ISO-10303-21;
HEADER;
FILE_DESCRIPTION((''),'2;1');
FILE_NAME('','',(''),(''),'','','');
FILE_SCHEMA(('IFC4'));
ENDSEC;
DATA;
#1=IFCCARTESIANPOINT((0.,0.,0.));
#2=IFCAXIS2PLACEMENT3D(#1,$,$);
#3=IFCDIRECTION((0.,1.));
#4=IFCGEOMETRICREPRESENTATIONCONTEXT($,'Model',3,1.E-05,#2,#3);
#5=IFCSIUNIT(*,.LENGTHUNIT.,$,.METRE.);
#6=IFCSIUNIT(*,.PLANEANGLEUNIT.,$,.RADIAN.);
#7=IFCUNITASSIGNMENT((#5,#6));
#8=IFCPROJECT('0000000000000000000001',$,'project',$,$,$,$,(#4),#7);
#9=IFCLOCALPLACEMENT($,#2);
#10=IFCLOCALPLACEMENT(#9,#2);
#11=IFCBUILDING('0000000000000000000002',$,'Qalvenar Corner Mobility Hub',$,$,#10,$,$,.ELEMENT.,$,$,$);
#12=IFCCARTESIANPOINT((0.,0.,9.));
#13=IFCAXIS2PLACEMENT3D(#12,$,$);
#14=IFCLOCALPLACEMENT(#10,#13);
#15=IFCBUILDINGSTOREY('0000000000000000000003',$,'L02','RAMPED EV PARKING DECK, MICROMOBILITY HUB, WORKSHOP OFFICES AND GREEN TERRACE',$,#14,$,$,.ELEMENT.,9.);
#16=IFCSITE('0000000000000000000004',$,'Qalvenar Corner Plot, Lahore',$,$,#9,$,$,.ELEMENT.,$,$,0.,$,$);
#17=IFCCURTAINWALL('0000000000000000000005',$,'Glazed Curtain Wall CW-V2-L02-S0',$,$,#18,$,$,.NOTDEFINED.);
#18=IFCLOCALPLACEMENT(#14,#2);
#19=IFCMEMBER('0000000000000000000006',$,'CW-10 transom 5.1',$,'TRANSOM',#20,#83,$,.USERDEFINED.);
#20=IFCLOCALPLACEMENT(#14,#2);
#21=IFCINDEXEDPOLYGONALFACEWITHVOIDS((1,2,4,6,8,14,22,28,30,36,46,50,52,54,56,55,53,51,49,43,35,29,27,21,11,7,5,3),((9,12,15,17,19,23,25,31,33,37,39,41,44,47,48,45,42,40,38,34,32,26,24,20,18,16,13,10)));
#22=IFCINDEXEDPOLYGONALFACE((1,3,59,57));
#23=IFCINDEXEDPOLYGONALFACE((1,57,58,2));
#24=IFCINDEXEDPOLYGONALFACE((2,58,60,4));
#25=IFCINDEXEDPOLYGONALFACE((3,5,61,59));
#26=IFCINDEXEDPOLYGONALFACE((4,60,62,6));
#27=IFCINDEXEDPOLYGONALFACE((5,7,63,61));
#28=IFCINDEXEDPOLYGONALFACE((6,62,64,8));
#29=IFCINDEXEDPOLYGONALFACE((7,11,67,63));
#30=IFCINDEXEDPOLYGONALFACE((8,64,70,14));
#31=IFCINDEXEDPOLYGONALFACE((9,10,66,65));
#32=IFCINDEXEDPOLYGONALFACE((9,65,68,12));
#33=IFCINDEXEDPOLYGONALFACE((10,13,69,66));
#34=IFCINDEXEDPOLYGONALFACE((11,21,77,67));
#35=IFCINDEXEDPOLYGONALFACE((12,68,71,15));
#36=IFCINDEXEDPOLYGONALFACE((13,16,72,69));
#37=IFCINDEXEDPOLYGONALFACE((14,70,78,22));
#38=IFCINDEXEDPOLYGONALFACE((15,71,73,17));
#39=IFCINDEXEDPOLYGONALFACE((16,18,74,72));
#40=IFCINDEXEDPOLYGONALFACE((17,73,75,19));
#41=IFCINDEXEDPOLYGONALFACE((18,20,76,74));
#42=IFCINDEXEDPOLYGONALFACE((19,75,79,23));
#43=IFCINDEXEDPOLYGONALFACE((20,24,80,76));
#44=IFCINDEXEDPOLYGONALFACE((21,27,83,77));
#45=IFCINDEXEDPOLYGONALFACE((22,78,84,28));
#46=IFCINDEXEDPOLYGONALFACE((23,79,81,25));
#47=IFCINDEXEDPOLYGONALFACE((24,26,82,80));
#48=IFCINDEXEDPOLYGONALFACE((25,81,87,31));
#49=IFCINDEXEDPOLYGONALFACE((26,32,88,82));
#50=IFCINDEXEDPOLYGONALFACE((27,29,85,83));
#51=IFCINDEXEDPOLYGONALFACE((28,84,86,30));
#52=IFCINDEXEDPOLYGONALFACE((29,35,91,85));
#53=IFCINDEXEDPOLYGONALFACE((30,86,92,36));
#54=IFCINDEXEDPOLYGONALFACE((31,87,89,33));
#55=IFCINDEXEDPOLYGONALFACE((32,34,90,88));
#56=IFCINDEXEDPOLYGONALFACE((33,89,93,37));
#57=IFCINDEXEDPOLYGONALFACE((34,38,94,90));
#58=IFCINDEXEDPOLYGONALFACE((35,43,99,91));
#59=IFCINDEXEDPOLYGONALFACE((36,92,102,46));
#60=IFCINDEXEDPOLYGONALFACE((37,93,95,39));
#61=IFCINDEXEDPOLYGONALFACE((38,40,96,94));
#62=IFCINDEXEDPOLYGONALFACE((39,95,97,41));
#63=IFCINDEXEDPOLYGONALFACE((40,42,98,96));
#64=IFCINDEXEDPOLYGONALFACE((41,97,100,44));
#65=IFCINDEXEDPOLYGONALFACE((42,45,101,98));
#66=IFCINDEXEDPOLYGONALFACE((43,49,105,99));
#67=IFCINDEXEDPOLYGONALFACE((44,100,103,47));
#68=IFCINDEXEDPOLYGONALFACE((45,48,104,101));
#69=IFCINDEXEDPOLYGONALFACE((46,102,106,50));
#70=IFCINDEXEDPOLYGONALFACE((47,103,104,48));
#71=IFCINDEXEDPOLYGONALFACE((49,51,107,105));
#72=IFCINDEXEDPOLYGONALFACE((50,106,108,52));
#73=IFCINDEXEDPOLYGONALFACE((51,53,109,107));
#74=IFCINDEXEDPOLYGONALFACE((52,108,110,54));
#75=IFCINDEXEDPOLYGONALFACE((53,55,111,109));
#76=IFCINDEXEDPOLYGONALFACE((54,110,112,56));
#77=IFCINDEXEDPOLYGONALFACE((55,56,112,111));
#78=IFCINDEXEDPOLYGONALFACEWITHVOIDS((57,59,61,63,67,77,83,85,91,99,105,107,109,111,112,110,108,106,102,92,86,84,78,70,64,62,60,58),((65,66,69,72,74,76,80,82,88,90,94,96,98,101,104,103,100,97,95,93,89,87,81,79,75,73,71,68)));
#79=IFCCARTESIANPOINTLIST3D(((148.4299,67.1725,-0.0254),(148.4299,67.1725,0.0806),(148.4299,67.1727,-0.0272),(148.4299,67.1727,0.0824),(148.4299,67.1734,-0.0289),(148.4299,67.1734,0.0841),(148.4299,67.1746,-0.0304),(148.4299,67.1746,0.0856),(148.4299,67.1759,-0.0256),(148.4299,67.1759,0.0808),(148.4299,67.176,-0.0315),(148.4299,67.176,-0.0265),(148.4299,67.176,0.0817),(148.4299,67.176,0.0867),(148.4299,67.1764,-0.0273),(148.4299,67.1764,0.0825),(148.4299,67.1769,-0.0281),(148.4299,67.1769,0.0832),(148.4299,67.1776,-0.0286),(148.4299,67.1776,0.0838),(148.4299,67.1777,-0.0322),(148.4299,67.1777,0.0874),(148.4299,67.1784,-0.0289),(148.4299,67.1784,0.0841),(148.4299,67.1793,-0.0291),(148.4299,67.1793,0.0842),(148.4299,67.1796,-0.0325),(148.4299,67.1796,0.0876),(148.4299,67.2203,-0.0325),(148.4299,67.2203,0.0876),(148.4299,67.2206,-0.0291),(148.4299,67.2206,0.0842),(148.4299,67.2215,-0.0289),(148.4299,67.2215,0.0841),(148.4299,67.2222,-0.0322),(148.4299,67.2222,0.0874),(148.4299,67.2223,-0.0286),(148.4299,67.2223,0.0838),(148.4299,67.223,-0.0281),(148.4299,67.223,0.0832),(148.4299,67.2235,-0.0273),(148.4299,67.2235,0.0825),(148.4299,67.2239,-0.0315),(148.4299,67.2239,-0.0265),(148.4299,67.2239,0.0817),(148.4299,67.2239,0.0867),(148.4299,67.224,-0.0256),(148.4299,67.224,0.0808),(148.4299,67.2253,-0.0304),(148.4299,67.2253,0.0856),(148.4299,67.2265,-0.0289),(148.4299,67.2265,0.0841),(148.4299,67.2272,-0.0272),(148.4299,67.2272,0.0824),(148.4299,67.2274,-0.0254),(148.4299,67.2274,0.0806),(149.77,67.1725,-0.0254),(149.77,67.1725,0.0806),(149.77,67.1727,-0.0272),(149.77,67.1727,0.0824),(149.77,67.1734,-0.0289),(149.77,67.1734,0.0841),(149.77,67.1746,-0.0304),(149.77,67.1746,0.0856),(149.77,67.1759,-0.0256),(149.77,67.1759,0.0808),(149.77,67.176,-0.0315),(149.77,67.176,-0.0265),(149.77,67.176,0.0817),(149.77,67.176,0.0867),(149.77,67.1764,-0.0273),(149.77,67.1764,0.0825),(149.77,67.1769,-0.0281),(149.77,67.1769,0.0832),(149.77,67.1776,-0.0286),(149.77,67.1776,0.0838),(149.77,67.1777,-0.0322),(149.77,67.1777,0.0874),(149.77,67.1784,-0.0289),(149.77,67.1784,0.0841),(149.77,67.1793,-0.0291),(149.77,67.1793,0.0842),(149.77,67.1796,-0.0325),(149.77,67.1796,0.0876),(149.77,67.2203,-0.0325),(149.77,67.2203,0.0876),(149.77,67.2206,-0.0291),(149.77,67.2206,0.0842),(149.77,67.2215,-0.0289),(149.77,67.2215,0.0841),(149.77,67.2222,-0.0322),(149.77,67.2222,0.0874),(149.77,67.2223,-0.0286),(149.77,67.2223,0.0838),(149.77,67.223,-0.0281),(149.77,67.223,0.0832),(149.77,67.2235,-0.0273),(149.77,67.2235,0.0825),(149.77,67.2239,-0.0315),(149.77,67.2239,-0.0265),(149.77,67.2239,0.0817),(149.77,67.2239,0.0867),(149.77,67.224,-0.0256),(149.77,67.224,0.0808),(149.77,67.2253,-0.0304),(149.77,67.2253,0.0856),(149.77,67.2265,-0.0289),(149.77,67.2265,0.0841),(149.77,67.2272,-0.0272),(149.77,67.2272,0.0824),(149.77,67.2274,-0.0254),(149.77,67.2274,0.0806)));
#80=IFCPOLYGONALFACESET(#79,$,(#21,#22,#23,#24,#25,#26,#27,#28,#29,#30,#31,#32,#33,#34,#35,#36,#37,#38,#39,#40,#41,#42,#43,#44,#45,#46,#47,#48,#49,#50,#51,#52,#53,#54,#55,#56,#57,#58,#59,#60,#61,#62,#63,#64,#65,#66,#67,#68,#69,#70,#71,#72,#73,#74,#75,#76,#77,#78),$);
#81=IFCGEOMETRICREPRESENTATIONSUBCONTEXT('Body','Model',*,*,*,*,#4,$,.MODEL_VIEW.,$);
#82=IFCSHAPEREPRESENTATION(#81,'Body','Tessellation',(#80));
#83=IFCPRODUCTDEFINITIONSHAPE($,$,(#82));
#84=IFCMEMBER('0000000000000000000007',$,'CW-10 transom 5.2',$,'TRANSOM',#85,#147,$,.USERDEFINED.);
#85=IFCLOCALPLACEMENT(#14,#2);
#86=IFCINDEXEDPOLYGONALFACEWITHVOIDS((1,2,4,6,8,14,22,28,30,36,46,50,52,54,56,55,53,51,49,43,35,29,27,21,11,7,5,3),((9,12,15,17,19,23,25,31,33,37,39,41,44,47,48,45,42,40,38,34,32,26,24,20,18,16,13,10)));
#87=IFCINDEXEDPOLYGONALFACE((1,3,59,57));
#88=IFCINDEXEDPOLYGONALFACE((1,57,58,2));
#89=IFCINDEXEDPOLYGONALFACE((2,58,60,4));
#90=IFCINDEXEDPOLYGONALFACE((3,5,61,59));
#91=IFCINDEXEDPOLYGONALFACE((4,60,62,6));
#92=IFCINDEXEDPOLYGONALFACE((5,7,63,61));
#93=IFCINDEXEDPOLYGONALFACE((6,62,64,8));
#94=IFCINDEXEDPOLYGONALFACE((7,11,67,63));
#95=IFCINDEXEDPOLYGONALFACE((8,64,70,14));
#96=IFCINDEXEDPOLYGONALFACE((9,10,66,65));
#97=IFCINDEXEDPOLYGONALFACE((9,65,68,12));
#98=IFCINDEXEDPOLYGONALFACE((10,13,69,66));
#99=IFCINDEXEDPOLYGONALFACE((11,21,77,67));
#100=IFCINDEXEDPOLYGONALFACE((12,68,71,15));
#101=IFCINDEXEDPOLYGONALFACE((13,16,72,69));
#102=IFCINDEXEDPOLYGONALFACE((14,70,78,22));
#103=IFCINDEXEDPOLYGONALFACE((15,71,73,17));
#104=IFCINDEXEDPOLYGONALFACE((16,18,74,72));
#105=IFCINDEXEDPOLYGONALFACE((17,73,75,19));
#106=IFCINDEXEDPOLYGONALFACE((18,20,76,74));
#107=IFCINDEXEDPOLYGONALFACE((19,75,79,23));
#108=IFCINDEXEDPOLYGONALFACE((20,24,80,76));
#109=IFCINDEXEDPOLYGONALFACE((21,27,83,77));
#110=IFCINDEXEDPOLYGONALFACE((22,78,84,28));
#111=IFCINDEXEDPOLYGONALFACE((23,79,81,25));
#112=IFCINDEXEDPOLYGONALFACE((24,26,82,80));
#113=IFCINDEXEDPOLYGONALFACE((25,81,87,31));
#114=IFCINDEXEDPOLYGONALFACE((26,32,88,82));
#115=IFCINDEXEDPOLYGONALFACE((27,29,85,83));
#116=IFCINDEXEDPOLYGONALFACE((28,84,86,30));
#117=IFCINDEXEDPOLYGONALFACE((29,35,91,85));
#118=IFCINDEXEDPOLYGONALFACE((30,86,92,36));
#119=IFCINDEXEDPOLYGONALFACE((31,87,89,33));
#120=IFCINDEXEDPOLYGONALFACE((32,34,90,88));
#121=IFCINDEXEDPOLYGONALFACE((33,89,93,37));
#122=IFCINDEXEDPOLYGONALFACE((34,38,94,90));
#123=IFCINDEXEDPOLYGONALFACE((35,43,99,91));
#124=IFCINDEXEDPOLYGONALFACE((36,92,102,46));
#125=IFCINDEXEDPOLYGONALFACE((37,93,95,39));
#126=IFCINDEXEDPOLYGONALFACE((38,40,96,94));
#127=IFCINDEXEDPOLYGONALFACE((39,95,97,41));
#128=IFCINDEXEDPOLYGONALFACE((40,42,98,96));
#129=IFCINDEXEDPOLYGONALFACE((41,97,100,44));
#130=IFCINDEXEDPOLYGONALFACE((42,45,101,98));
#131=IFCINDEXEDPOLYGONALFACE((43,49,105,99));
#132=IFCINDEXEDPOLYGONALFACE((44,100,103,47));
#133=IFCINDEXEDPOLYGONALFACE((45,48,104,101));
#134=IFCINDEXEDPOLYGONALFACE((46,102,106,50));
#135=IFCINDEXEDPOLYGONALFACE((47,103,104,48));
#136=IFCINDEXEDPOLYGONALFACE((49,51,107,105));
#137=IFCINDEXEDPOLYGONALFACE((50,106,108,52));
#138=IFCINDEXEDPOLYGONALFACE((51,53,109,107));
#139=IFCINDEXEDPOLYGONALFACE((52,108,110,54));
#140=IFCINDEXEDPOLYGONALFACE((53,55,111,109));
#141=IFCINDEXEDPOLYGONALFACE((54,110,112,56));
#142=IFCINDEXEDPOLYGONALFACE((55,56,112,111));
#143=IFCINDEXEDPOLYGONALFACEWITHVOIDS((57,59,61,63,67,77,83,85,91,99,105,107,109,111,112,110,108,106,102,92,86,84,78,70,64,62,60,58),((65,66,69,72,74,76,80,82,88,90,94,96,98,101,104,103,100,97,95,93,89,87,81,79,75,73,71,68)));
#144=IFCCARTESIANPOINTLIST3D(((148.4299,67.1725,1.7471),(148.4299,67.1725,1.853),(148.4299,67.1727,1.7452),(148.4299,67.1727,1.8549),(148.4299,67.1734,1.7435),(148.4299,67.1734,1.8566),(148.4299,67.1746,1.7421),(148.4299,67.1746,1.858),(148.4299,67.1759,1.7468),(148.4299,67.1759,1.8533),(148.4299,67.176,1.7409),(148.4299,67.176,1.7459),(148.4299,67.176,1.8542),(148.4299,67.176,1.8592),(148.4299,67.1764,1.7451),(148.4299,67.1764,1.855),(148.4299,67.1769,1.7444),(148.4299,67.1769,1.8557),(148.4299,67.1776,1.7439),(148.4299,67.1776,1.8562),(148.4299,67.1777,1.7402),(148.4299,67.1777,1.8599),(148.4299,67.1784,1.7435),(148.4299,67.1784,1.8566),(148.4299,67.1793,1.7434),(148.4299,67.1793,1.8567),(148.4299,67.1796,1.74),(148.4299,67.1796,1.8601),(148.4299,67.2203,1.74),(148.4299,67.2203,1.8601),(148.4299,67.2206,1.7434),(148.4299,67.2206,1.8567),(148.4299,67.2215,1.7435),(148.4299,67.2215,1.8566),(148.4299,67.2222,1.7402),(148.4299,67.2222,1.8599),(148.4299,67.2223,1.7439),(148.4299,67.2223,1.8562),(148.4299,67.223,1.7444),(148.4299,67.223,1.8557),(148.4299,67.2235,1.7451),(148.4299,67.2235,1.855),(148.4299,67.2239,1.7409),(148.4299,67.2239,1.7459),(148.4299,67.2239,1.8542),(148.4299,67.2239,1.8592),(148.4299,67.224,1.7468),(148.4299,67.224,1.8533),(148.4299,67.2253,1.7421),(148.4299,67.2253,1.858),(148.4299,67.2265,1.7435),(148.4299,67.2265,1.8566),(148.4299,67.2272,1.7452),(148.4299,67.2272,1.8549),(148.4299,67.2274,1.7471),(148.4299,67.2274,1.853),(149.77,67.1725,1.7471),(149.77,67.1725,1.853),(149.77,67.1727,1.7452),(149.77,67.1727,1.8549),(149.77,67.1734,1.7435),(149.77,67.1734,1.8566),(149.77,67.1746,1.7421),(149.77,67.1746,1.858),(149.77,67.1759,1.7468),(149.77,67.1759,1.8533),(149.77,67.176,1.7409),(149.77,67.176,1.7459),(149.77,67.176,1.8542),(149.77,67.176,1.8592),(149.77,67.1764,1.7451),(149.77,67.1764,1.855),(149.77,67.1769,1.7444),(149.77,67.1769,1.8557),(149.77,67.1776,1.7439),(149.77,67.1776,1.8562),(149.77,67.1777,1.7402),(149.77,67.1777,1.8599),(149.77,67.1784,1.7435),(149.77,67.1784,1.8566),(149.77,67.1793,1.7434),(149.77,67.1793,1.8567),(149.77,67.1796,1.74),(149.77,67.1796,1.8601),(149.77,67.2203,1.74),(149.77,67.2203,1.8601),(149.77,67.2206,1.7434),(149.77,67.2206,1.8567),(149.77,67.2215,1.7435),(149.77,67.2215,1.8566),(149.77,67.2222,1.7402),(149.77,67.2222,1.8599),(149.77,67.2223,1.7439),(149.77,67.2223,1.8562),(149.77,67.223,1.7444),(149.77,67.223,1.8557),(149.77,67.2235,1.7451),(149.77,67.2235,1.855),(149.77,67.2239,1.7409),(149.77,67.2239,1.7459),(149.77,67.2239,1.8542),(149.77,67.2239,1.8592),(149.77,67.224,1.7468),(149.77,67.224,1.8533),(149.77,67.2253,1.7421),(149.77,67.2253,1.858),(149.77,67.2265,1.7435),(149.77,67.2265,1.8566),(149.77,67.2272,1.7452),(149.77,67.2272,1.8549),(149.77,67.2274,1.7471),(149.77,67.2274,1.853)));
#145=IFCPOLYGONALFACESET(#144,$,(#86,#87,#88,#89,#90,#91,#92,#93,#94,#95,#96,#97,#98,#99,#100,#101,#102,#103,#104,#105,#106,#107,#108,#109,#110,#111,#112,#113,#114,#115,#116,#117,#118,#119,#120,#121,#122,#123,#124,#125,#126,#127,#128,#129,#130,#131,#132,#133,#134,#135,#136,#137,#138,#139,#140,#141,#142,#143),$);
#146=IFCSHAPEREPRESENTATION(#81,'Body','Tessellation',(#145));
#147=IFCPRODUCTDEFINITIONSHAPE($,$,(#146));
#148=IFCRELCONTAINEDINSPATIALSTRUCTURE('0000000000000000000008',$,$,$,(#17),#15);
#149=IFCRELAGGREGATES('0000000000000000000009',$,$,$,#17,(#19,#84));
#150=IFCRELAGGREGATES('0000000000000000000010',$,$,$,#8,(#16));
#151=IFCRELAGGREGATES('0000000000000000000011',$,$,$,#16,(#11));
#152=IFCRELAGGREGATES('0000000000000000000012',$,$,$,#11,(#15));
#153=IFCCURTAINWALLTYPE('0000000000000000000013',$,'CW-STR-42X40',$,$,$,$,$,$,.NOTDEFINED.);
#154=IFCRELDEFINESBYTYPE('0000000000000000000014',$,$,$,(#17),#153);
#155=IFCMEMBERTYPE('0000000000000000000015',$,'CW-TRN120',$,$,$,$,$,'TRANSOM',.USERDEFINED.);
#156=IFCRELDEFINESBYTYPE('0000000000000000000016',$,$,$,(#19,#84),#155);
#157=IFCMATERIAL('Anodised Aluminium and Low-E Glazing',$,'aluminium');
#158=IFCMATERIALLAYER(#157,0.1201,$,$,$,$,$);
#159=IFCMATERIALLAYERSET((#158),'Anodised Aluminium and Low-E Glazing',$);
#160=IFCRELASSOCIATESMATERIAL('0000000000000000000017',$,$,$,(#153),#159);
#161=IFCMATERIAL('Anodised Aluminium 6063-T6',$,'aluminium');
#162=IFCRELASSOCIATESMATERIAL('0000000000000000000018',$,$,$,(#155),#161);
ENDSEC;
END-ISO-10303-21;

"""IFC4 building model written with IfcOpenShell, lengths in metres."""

from ifc_helpers import new_model, si_unit, direction, frame, origin, origin_2d, place, context, subcontext, project, spatial, hollow_rectangle, extrude, material, layer, layer_set, material_profile, profile_set, type_object, element, aggregate, save


model = new_model("IFC4")

# Units and contexts
model_context = context("Model", 3, precision=1e-05, world=origin(), true_north=direction((0.0, 1.0)))
body_context = subcontext(model_context, "Body", "Model", "MODEL_VIEW")
ifc_project = project(units=[si_unit("LENGTHUNIT", "METRE"), si_unit("PLANEANGLEUNIT", "RADIAN")], contexts=[model_context])

# Site, building, storey
site_placement = place(None, origin())
site = spatial("IfcSite", under=ifc_project, at=site_placement, Name="Qalvenar Corner Plot, Lahore", CompositionType="ELEMENT", RefElevation=0.0)
building_placement = place(site_placement, origin())
building = spatial("IfcBuilding", under=site, at=building_placement, Name="Qalvenar Corner Mobility Hub", CompositionType="ELEMENT")
storey_placement = place(building_placement, frame((0.0, 0.0, 9.0)))
storey = spatial("IfcBuildingStorey", under=building, at=storey_placement, Name="L02", Description="RAMPED EV PARKING DECK, MICROMOBILITY HUB, WORKSHOP OFFICES AND GREEN TERRACE", CompositionType="ELEMENT", Elevation=9.0)

# Curtain wall
ifc_material_1 = material(Name="Anodised Aluminium and Low-E Glazing", Category="aluminium")
ifc_layer_1 = layer(ifc_material_1, 0.1201)
ifc_layer_set_1 = layer_set([ifc_layer_1], Name="Anodised Aluminium and Low-E Glazing")
curtain_wall_type = type_object("IfcCurtainWallType", Name="CW-STR-42X40", PredefinedType="NOTDEFINED", material=ifc_layer_set_1)
curtain_wall_1_placement = place(storey_placement, origin())
curtain_wall_1 = element("IfcCurtainWall", 1, at=curtain_wall_1_placement, inside=storey, type_object=curtain_wall_type, Name="Glazed Curtain Wall CW-V2-L02-S0", PredefinedType="NOTDEFINED")
ifc_material_2 = material(Name="Anodised Aluminium 6063-T6", Category="aluminium")

# Members
ifc_material_profile_1 = material_profile(ifc_material_2, hollow_rectangle(XDim=0.0549, YDim=0.1201, WallThickness=0.0034, InnerFilletRadius=0.0034, OuterFilletRadius=0.0071, at=origin_2d()), Name="RHS120x55x3.5")
ifc_profile_set_1 = profile_set([ifc_material_profile_1], Name="Anodised Aluminium 6063-T6")
member_type_1 = type_object("IfcMemberType", Name="CW-TRN120", ElementType="TRANSOM", PredefinedType="USERDEFINED", material=ifc_profile_set_1)
member_1_placement = place(storey_placement, frame((148.4299, 67.2, 0.0276), z_axis=(1.0, 0.0, 0.0), x_axis=(0.0, 1.0, 0.0)))
member_1 = element("IfcMember", 2, at=member_1_placement, type_object=member_type_1, Name="CW-10 transom 5.1", ObjectType="TRANSOM", PredefinedType="USERDEFINED", context=body_context, shape_type="SweptSolid", body=[
    extrude(hollow_rectangle(XDim=0.0549, YDim=0.1201, WallThickness=0.0034, InnerFilletRadius=0.0034, OuterFilletRadius=0.0071, at=origin_2d()), origin(), (0.0, 0.0, 1.0), 1.3401),
])
member_2_placement = place(storey_placement, frame((148.4299, 67.2, 1.8), z_axis=(1.0, 0.0, 0.0), x_axis=(0.0, 1.0, 0.0)))
member_2 = element("IfcMember", 3, at=member_2_placement, type_object=member_type_1, Name="CW-10 transom 5.2", ObjectType="TRANSOM", PredefinedType="USERDEFINED", context=body_context, shape_type="SweptSolid", body=[
    extrude(hollow_rectangle(XDim=0.0549, YDim=0.1201, WallThickness=0.0034, InnerFilletRadius=0.0034, OuterFilletRadius=0.0071, at=origin_2d()), origin(), (0.0, 0.0, 1.0), 1.3401),
])

aggregate(curtain_wall_1, [member_1, member_2])

save(model, "model.ifc")
